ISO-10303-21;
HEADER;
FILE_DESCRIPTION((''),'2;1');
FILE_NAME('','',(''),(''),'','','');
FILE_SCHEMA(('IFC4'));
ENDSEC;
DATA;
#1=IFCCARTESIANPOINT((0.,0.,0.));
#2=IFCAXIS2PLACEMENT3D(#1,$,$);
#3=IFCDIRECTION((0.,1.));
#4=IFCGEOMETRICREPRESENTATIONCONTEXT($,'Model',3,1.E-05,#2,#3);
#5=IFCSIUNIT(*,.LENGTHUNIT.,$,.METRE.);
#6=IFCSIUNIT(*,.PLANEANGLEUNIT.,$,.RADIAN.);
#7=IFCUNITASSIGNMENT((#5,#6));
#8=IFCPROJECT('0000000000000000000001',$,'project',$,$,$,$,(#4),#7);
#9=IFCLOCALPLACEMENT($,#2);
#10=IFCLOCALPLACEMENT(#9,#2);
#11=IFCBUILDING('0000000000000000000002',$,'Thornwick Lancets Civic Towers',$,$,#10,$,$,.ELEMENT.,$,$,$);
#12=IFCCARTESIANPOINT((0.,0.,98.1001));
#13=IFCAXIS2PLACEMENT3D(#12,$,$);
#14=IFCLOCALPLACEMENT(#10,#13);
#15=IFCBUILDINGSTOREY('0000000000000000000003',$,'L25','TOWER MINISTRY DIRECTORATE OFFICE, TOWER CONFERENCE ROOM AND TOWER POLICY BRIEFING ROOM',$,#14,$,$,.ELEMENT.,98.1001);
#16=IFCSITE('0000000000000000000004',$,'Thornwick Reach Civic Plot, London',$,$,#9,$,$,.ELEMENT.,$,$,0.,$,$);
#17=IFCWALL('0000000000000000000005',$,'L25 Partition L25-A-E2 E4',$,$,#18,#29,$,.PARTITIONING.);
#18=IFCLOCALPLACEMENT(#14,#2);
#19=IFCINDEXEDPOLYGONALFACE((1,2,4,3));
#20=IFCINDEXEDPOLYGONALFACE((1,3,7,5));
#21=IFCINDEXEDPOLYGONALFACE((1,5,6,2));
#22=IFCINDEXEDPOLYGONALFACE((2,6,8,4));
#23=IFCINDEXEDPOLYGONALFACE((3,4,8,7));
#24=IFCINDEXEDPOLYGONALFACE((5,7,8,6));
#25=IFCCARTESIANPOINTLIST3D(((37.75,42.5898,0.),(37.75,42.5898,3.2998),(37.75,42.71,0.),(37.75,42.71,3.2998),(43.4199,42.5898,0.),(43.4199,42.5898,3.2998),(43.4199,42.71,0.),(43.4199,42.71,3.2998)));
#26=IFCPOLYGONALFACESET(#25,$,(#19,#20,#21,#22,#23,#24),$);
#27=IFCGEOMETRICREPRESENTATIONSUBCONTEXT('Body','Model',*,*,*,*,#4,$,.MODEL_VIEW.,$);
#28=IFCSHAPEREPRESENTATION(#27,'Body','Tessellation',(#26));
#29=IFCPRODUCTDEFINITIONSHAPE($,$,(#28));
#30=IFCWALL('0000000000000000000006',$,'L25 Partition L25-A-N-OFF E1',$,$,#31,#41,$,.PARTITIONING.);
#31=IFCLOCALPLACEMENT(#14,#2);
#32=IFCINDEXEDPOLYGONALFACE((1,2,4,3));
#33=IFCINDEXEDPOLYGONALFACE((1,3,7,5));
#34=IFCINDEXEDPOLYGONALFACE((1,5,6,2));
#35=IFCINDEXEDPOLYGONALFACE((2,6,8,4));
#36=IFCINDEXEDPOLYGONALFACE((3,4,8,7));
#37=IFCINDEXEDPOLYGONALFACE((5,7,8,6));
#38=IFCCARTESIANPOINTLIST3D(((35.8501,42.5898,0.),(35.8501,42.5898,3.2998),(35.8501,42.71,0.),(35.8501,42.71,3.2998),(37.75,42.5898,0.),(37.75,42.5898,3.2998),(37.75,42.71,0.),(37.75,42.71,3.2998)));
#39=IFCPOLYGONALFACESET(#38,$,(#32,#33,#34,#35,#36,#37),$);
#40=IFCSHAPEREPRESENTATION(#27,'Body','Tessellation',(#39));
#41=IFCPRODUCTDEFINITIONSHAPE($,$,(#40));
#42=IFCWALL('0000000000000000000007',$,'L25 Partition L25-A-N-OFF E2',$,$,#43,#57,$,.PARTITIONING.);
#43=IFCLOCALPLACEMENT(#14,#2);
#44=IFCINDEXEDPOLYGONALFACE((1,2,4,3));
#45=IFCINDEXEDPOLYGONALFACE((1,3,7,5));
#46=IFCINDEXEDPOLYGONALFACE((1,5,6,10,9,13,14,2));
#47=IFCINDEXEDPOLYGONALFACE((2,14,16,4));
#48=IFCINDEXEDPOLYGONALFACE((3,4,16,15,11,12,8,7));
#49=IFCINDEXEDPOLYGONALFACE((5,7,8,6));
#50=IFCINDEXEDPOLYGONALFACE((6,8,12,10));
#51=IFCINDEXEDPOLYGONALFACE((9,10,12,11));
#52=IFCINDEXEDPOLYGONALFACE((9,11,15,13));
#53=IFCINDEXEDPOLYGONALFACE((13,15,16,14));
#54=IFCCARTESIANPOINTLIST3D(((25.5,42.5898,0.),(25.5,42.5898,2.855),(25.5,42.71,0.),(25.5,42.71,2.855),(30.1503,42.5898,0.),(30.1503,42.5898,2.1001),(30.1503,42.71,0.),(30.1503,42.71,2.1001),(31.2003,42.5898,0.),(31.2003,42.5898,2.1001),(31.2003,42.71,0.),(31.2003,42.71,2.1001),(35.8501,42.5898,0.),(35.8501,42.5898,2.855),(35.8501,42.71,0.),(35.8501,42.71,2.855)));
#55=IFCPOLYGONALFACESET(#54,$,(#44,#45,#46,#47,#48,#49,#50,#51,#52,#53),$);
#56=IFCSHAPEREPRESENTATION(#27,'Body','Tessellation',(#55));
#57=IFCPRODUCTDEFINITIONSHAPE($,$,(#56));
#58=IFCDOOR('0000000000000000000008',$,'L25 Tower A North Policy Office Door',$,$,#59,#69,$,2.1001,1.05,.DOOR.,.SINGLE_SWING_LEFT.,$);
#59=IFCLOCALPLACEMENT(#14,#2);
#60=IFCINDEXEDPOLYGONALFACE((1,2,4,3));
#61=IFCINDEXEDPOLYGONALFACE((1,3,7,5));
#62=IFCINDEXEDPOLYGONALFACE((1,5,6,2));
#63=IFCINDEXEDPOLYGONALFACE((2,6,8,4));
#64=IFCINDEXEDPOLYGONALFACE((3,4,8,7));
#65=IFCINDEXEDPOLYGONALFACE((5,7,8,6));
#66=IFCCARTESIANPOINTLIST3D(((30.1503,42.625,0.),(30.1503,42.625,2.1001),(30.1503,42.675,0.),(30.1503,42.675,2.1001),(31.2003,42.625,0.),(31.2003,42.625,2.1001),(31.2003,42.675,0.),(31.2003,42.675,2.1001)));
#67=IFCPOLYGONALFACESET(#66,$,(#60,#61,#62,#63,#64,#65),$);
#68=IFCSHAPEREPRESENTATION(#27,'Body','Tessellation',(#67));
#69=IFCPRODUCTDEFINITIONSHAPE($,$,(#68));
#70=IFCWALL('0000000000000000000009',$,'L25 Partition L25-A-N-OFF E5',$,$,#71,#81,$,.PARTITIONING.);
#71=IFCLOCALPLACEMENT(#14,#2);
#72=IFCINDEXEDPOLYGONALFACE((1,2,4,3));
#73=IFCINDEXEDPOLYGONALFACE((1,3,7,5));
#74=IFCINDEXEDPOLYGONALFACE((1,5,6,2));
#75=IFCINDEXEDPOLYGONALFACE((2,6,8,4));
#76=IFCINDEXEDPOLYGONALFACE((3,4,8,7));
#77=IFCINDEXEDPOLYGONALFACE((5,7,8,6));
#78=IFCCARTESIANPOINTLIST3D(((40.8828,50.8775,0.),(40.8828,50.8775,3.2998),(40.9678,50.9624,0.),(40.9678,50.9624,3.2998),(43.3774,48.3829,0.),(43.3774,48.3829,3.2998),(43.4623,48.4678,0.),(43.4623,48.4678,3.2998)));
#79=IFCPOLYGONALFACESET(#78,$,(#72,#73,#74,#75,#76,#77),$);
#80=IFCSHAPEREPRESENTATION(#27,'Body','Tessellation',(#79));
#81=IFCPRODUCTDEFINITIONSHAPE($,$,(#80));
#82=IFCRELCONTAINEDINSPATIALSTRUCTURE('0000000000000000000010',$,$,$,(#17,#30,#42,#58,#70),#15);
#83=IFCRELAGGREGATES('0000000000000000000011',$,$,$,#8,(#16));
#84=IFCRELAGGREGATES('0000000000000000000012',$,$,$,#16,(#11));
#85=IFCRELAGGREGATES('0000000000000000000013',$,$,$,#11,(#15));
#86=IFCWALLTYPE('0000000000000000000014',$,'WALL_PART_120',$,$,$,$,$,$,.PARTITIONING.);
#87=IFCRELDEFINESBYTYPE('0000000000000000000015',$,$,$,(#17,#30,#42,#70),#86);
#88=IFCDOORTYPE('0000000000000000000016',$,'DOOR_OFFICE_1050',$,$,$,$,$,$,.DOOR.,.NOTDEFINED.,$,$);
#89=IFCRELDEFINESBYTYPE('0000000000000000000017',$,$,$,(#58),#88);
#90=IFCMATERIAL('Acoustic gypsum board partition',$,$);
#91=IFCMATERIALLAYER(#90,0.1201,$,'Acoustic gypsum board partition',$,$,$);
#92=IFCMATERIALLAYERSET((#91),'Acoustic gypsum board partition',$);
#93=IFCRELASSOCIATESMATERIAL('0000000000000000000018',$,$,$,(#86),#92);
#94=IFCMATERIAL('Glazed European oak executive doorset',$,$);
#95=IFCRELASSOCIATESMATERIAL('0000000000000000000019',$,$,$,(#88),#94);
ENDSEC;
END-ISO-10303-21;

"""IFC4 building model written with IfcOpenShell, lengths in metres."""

from ifc_helpers import new_model, si_unit, direction, frame, frame_2d, origin, place, context, subcontext, project, spatial, rectangle, extrude, material, layer, layer_set, type_object, element, fill, save


model = new_model("IFC4")

# Units and contexts
model_context = context("Model", 3, precision=1e-05, world=origin(), true_north=direction((0.0, 1.0)))
body_context = subcontext(model_context, "Body", "Model", "MODEL_VIEW")
ifc_project = project(units=[si_unit("LENGTHUNIT", "METRE"), si_unit("PLANEANGLEUNIT", "RADIAN")], contexts=[model_context])

# Site, building, storey
site_placement = place(None, origin())
site = spatial("IfcSite", under=ifc_project, at=site_placement, Name="Thornwick Reach Civic Plot, London", CompositionType="ELEMENT", RefElevation=0.0)
building_placement = place(site_placement, origin())
building = spatial("IfcBuilding", under=site, at=building_placement, Name="Thornwick Lancets Civic Towers", CompositionType="ELEMENT")
storey_placement = place(building_placement, frame((0.0, 0.0, 98.1001)))
storey = spatial("IfcBuildingStorey", under=building, at=storey_placement, Name="L25", Description="TOWER MINISTRY DIRECTORATE OFFICE, TOWER CONFERENCE ROOM AND TOWER POLICY BRIEFING ROOM", CompositionType="ELEMENT", Elevation=98.1001)

# Walls
ifc_material_1 = material(Name="Acoustic gypsum board partition")
ifc_layer_1 = layer(ifc_material_1, 0.1201, Name="Acoustic gypsum board partition")
ifc_layer_set_1 = layer_set([ifc_layer_1], Name="Acoustic gypsum board partition")
wall_type_1 = type_object("IfcWallType", Name="WALL_PART_120", PredefinedType="PARTITIONING", material=ifc_layer_set_1)
wall_1_placement = place(storey_placement, frame((37.75, 42.6499, 0.0), z_axis=(0.0, 0.0, 1.0), x_axis=(1.0, 0.0, 0.0)))
element("IfcWall", 1, at=wall_1_placement, inside=storey, type_object=wall_type_1, Name="L25 Partition L25-A-E2 E4", PredefinedType="PARTITIONING", context=body_context, shape_type="SweptSolid", body=[
    extrude(rectangle(XDim=5.6699, YDim=0.1201, at=frame_2d((2.835, 0.0))), origin(), (0.0, 0.0, 1.0), 3.2998),
])
wall_2_placement = place(storey_placement, frame((37.75, 42.6499, 0.0), z_axis=(0.0, 0.0, 1.0), x_axis=(-1.0, 0.0, 0.0)))
element("IfcWall", 2, at=wall_2_placement, inside=storey, type_object=wall_type_1, Name="L25 Partition L25-A-N-OFF E1", PredefinedType="PARTITIONING", context=body_context, shape_type="SweptSolid", body=[
    extrude(rectangle(XDim=1.8999, YDim=0.1201, at=frame_2d((0.95, 0.0))), origin(), (0.0, 0.0, 1.0), 3.2998),
])

# Wall, opening, door
wall_3_placement = place(storey_placement, frame((35.8501, 42.6499, 0.0), z_axis=(0.0, 0.0, 1.0), x_axis=(-1.0, 0.0, 0.0)))
wall_3 = element("IfcWall", 3, at=wall_3_placement, inside=storey, type_object=wall_type_1, Name="L25 Partition L25-A-N-OFF E2", PredefinedType="PARTITIONING", context=body_context, shape_type="SweptSolid", body=[
    extrude(rectangle(XDim=10.3501, YDim=0.1201, at=frame_2d((5.175, 0.0))), origin(), (0.0, 0.0, 1.0), 2.855),
])
opening_1_placement = place(wall_3_placement, frame((4.6499, 0.0, 0.0)))
opening_1 = element("IfcOpeningElement", 4, at=opening_1_placement, cuts=wall_3, PredefinedType="OPENING", context=body_context, shape_type="SweptSolid", body=[
    extrude(rectangle(XDim=1.05, YDim=2.1001, at=frame_2d((0.5249, 1.05))), frame((0.0, 0.0701, 0.0), z_axis=(0.0, -1.0, 0.0), x_axis=(1.0, 0.0, 0.0)), (0.0, 0.0, 1.0), 0.1401),
])
ifc_material_2 = material(Name="Glazed European oak executive doorset")
door_type = type_object("IfcDoorType", Name="DOOR_OFFICE_1050", OperationType="NOTDEFINED", PredefinedType="DOOR", material=ifc_material_2)
door_placement = place(opening_1_placement, origin())
door = element("IfcDoor", 5, at=door_placement, inside=storey, type_object=door_type, Name="L25 Tower A North Policy Office Door", OperationType="SINGLE_SWING_LEFT", OverallHeight=2.1001, OverallWidth=1.05, PredefinedType="DOOR", context=body_context, shape_type="SweptSolid", body=[
    extrude(rectangle(XDim=1.05, YDim=2.1001, at=frame_2d((0.5249, 1.05))), frame((0.0, 0.0249, 0.0), z_axis=(0.0, -1.0, 0.0), x_axis=(1.0, 0.0, 0.0)), (0.0, 0.0, 1.0), 0.05),
])
fill(opening_1, door)

# Wall
wall_4_placement = place(storey_placement, frame((40.9253, 50.9199, 0.0), z_axis=(0.0, 0.0, 1.0), x_axis=(0.707107, -0.707107, 0.0)))
element("IfcWall", 6, at=wall_4_placement, inside=storey, type_object=wall_type_1, Name="L25 Partition L25-A-N-OFF E5", PredefinedType="PARTITIONING", context=body_context, shape_type="SweptSolid", body=[
    extrude(rectangle(XDim=3.5278, YDim=0.1201, at=frame_2d((1.7639, 0.0))), origin(), (0.0, 0.0, 1.0), 3.2998),
])

save(model, "model.ifc")
